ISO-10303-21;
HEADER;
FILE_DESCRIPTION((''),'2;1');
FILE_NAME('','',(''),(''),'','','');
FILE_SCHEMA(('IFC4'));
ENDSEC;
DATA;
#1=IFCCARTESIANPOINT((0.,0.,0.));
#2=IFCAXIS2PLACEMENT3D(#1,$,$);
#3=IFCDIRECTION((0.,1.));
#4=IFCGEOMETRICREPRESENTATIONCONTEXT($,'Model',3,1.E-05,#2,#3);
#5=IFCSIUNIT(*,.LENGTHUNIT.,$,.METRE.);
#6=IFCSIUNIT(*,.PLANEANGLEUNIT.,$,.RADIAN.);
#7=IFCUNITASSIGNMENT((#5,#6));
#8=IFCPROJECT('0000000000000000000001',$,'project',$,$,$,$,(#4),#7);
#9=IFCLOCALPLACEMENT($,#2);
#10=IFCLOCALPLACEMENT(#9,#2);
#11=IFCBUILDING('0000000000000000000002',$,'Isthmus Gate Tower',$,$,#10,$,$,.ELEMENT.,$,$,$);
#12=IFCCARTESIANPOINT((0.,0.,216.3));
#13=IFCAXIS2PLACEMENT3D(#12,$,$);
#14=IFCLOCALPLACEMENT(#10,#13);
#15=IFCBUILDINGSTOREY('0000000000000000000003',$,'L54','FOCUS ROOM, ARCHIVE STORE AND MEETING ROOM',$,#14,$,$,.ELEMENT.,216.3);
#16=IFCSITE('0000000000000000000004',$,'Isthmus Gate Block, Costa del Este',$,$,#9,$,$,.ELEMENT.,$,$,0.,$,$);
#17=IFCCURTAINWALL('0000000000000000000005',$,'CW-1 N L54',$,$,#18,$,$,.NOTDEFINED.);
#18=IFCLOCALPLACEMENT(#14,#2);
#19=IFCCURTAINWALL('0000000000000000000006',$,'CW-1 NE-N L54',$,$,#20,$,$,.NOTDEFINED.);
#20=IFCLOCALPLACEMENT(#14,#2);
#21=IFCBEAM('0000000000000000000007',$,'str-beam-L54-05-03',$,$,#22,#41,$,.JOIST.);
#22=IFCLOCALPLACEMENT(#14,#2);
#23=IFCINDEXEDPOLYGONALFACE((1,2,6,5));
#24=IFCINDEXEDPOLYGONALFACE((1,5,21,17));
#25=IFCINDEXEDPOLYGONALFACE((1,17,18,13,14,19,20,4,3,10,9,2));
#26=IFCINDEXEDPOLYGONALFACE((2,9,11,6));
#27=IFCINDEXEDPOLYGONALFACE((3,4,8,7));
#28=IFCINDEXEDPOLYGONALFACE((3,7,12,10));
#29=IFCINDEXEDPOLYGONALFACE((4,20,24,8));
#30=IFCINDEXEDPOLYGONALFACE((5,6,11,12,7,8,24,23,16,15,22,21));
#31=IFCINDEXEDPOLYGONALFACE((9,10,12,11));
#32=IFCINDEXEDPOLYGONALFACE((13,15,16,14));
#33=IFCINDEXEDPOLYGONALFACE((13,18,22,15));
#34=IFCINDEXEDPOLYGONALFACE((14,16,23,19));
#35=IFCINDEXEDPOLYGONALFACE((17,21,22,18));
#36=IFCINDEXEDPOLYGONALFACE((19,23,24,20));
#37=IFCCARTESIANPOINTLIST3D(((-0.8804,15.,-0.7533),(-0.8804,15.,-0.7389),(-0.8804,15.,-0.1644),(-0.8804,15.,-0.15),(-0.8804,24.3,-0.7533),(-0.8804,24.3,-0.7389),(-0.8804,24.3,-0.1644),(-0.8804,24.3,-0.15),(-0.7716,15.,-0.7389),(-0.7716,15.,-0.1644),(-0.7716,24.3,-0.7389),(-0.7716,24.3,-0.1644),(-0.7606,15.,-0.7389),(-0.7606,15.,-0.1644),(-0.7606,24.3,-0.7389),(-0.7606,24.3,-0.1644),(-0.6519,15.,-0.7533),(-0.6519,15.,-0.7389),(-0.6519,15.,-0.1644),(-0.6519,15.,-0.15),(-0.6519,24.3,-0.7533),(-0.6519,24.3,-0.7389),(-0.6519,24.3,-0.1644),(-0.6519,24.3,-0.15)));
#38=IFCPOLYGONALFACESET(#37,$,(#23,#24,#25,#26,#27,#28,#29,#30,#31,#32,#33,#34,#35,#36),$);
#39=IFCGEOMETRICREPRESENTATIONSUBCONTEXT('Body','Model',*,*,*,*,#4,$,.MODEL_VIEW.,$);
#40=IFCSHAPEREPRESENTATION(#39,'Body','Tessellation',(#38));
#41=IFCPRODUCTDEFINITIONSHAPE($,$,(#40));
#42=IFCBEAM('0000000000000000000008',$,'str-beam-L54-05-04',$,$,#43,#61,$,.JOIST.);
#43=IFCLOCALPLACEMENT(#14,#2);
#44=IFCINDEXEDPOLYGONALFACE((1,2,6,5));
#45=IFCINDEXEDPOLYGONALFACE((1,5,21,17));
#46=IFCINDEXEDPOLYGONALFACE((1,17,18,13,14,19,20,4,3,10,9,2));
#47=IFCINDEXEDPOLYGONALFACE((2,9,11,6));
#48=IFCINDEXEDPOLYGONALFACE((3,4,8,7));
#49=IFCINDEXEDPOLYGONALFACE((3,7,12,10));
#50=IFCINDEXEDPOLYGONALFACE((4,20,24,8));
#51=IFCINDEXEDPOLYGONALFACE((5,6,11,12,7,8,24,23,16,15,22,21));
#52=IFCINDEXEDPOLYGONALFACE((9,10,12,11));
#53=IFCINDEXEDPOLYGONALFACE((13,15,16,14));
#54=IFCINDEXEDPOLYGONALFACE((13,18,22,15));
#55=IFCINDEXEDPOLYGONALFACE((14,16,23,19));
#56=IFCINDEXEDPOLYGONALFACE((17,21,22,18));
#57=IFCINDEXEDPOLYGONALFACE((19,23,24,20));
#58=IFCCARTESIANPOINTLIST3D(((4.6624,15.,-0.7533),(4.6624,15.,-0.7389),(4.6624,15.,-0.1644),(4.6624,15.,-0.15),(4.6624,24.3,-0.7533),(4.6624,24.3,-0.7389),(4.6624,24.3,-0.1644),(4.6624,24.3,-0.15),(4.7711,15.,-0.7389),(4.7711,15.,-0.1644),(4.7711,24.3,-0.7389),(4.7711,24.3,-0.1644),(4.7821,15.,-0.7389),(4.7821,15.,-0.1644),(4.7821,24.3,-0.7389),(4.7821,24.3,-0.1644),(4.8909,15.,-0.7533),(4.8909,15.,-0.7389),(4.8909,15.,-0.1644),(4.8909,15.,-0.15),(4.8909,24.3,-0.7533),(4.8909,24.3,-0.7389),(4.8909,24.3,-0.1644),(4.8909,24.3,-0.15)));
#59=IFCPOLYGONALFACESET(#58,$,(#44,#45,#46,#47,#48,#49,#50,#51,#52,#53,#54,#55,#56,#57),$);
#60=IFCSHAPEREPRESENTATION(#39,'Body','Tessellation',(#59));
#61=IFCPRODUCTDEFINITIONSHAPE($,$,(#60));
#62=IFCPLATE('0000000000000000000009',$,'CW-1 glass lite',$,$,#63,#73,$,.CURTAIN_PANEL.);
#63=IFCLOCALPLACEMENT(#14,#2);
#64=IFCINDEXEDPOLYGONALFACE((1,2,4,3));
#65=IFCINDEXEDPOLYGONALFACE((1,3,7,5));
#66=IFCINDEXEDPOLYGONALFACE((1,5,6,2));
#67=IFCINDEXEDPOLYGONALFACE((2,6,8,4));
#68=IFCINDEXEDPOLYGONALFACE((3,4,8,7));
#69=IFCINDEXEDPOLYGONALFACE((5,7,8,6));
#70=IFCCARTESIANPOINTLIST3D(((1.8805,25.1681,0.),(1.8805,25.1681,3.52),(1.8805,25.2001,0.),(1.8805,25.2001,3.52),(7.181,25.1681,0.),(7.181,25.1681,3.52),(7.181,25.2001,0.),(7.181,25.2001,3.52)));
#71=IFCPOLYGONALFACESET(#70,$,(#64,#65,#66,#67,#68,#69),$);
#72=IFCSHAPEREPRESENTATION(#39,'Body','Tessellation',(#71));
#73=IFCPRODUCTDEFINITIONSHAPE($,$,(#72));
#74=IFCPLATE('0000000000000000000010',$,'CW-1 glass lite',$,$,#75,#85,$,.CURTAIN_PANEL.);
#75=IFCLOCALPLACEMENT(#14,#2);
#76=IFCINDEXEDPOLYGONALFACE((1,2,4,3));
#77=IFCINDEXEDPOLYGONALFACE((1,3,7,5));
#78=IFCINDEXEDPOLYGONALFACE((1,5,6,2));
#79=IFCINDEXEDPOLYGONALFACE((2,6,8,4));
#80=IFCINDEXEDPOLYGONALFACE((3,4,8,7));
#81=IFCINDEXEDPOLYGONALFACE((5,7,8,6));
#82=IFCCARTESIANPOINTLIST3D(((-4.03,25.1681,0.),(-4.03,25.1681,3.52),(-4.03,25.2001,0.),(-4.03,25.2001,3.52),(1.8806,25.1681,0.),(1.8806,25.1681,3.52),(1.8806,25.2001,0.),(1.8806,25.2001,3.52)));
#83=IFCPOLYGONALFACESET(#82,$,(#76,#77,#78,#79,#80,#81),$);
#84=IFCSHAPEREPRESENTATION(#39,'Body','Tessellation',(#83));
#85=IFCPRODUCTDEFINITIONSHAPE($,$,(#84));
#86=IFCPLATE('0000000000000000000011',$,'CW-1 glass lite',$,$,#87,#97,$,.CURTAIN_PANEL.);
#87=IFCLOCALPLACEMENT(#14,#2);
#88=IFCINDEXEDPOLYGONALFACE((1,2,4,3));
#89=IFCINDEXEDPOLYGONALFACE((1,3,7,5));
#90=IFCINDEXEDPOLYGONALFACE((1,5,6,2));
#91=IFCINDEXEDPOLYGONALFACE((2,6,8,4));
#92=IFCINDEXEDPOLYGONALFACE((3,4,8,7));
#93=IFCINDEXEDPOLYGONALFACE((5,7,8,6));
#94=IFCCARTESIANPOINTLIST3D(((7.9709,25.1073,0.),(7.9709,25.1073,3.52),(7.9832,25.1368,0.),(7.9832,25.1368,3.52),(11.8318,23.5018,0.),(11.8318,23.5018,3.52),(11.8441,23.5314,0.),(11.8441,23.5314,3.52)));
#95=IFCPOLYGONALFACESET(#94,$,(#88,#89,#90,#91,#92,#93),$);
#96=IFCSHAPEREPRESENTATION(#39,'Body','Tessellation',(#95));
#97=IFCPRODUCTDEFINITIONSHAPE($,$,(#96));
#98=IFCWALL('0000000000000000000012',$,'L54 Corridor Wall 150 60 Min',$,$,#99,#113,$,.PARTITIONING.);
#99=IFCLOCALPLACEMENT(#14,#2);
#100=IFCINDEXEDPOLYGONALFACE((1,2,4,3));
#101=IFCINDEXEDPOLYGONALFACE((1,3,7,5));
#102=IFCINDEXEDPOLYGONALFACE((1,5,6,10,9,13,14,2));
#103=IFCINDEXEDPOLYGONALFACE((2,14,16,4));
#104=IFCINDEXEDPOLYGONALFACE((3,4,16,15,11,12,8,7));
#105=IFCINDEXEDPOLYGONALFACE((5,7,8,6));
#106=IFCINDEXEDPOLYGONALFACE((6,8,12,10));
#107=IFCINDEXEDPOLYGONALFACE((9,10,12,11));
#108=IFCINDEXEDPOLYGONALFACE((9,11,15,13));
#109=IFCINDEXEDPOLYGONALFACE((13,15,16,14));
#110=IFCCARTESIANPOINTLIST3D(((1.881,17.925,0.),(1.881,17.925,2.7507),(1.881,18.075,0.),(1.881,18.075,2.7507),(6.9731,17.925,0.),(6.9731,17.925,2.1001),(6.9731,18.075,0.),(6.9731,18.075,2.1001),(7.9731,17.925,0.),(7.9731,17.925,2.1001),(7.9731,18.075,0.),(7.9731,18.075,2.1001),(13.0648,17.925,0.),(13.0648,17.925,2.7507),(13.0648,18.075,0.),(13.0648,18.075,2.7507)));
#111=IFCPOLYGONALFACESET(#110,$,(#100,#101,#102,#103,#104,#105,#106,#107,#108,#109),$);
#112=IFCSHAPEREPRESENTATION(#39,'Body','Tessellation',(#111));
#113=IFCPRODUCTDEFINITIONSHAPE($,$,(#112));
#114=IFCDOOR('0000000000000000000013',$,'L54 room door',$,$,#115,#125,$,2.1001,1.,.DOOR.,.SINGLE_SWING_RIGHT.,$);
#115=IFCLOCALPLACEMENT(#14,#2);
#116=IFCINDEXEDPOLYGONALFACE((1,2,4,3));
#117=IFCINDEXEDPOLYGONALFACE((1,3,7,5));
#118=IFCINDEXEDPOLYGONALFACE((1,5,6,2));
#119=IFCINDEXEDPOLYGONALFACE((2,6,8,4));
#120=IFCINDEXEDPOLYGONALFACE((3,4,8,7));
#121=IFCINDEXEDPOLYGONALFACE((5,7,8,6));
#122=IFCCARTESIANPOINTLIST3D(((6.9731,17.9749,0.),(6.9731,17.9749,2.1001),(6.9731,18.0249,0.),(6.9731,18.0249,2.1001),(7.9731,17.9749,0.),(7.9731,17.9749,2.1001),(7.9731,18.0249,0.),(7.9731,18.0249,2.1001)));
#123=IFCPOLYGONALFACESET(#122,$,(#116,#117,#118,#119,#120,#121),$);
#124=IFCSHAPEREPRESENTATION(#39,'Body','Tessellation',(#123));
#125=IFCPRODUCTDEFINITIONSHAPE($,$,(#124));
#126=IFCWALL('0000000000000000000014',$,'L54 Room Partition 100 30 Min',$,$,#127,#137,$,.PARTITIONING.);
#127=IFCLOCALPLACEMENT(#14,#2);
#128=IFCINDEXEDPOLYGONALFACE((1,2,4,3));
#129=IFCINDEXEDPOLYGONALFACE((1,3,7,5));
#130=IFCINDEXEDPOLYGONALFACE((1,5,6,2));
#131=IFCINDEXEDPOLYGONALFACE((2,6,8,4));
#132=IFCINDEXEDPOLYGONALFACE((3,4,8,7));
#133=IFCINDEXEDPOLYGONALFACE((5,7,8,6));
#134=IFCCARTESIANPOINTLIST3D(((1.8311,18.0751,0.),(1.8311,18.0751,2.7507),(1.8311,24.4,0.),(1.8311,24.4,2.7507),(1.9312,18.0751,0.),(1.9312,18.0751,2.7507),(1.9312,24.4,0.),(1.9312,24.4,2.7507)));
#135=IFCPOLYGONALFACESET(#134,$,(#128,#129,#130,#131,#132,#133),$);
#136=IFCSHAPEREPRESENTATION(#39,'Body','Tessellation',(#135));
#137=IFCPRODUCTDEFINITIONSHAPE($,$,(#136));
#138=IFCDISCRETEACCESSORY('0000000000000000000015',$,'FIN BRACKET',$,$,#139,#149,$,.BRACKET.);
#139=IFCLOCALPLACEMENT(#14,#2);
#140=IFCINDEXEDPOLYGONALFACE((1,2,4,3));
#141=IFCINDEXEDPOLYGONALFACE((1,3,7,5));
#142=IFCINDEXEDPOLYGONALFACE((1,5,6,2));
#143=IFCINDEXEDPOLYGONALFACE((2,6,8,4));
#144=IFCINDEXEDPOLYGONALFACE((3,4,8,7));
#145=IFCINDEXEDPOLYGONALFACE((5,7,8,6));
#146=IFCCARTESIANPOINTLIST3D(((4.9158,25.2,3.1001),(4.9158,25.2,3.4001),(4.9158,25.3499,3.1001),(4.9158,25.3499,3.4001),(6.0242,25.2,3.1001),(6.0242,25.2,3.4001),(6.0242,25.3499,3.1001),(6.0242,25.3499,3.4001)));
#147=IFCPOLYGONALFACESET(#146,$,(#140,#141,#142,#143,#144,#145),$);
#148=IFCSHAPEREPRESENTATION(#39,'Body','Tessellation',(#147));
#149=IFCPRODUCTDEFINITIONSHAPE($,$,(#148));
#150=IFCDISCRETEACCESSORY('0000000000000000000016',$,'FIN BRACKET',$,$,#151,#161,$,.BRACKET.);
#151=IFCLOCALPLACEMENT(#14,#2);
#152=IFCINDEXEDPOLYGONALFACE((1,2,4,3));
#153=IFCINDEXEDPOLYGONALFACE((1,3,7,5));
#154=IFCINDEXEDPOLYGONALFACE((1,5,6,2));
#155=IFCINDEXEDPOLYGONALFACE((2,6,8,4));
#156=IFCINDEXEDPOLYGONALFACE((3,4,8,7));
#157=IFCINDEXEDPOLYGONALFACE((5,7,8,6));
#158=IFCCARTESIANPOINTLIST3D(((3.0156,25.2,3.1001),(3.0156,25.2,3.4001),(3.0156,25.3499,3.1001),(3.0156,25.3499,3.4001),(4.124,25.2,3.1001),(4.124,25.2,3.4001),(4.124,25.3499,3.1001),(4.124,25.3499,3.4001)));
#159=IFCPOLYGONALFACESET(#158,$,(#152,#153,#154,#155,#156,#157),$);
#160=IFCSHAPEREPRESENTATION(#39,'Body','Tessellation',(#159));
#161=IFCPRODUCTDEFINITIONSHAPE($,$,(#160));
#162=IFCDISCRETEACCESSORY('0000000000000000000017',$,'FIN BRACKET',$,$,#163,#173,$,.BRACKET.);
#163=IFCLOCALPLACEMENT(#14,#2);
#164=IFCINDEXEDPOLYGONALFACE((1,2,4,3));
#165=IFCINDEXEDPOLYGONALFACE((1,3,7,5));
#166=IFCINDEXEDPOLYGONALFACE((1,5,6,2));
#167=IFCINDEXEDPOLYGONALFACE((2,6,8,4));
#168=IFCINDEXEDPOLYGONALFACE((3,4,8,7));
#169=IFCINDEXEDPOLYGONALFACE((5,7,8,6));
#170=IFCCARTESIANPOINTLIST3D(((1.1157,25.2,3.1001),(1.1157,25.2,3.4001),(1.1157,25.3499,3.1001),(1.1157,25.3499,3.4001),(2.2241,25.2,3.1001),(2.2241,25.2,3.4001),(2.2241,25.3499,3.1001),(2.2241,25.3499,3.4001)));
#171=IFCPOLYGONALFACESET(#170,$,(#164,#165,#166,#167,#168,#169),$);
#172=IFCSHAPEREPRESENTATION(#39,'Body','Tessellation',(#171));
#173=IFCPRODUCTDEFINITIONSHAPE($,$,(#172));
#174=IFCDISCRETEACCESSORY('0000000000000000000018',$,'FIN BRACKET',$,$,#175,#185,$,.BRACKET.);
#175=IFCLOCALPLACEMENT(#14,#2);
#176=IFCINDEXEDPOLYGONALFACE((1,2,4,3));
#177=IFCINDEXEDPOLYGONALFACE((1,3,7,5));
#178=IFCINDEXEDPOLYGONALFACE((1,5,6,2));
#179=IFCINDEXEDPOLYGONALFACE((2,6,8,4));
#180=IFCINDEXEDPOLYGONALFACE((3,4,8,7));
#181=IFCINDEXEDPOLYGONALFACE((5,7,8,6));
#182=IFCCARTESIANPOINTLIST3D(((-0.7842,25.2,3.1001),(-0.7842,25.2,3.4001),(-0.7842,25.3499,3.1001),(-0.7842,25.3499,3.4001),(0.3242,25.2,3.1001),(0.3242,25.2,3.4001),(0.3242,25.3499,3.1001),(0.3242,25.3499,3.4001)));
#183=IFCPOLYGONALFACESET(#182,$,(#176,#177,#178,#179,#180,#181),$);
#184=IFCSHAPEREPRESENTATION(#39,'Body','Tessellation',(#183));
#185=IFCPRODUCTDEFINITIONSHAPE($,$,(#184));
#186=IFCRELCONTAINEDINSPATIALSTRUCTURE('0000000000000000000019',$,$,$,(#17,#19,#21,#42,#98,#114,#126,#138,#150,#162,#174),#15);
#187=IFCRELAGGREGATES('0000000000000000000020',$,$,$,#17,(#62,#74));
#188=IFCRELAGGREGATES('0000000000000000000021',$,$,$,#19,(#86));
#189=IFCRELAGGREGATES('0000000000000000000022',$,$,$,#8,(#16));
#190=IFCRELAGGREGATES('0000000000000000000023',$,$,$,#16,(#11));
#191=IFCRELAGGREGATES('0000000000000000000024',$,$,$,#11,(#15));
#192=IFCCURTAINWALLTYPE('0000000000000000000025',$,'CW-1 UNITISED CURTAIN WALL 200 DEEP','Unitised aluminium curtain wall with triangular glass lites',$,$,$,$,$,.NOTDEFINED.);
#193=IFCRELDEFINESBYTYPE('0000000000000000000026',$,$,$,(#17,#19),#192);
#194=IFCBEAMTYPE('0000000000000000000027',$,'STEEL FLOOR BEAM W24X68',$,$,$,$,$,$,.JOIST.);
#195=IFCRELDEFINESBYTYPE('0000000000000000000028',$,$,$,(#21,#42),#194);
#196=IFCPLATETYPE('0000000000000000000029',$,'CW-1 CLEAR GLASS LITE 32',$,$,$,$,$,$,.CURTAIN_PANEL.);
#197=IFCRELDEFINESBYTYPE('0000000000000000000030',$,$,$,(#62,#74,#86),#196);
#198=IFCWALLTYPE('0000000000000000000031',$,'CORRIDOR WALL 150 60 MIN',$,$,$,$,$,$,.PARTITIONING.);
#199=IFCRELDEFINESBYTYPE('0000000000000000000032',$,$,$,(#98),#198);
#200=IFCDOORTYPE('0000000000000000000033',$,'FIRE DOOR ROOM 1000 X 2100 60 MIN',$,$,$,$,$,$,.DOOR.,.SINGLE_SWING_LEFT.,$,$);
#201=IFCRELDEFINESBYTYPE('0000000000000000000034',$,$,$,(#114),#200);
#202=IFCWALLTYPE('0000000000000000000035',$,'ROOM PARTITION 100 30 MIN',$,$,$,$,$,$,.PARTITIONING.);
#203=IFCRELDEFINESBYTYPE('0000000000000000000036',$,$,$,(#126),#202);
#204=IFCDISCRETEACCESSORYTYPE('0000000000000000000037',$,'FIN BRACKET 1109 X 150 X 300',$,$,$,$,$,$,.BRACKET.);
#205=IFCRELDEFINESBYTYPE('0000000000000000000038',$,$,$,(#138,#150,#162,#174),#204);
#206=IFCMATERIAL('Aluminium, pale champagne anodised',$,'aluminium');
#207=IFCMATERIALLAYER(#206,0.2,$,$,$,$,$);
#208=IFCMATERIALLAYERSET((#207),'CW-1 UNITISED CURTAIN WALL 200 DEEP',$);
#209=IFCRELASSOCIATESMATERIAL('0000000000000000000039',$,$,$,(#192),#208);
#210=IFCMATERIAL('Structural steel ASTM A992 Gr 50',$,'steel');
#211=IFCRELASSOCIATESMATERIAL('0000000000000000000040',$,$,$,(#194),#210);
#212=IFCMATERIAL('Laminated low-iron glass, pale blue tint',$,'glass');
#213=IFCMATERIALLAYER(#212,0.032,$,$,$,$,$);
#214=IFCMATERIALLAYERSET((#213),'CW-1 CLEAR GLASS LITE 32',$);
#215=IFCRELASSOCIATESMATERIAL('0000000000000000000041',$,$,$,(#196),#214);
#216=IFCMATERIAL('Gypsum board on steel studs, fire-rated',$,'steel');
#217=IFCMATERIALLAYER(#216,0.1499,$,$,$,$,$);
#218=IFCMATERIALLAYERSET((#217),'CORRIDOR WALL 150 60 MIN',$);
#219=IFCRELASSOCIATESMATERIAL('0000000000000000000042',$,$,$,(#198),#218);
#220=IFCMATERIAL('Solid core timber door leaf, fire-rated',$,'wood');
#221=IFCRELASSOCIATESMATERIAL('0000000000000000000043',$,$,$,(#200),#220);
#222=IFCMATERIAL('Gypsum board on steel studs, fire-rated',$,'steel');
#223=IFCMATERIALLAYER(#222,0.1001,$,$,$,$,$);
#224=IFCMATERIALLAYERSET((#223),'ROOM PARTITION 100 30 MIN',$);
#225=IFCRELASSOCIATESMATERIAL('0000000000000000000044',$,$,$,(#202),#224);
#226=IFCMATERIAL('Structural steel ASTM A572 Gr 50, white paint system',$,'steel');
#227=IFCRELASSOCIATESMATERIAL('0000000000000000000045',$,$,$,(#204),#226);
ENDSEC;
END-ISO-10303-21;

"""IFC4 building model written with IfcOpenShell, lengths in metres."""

from ifc_helpers import new_model, si_unit, direction, frame, frame_2d, origin, origin_2d, place, context, subcontext, project, spatial, rectangle, i_section, extrude, material, layer, layer_set, material_profile, profile_set, type_object, element, fill, aggregate, save


model = new_model("IFC4")

# Units and contexts
model_context = context("Model", 3, precision=1e-05, world=origin(), true_north=direction((0.0, 1.0)))
body_context = subcontext(model_context, "Body", "Model", "MODEL_VIEW")
ifc_project = project(units=[si_unit("LENGTHUNIT", "METRE"), si_unit("PLANEANGLEUNIT", "RADIAN")], contexts=[model_context])

# Site, building, storey
site_placement = place(None, origin())
site = spatial("IfcSite", under=ifc_project, at=site_placement, Name="Isthmus Gate Block, Costa del Este", CompositionType="ELEMENT", RefElevation=0.0)
building_placement = place(site_placement, origin())
building = spatial("IfcBuilding", under=site, at=building_placement, Name="Isthmus Gate Tower", CompositionType="ELEMENT")
storey_placement = place(building_placement, frame((0.0, 0.0, 216.3)))
storey = spatial("IfcBuildingStorey", under=building, at=storey_placement, Name="L54", Description="FOCUS ROOM, ARCHIVE STORE AND MEETING ROOM", CompositionType="ELEMENT", Elevation=216.3)

# Curtain walls
ifc_material_1 = material(Name="Aluminium, pale champagne anodised", Category="aluminium")
ifc_layer_1 = layer(ifc_material_1, 0.2)
ifc_layer_set_1 = layer_set([ifc_layer_1], Name="CW-1 UNITISED CURTAIN WALL 200 DEEP")
curtain_wall_type = type_object("IfcCurtainWallType", Name="CW-1 UNITISED CURTAIN WALL 200 DEEP", Description="Unitised aluminium curtain wall with triangular glass lites", PredefinedType="NOTDEFINED", material=ifc_layer_set_1)
curtain_wall_1_placement = place(storey_placement, origin())
curtain_wall_1 = element("IfcCurtainWall", 1, at=curtain_wall_1_placement, inside=storey, type_object=curtain_wall_type, Name="CW-1 N L54", PredefinedType="NOTDEFINED")
curtain_wall_2_placement = place(storey_placement, origin())
curtain_wall_2 = element("IfcCurtainWall", 2, at=curtain_wall_2_placement, inside=storey, type_object=curtain_wall_type, Name="CW-1 NE-N L54", PredefinedType="NOTDEFINED")

# Beams
ifc_material_2 = material(Name="Structural steel ASTM A992 Gr 50", Category="steel")
ifc_material_profile_1 = material_profile(ifc_material_2, i_section(OverallWidth=0.2285, OverallDepth=0.6033, WebThickness=0.011, FlangeThickness=0.0144, at=origin_2d()), Name="W24X68")
ifc_profile_set_1 = profile_set([ifc_material_profile_1], Name="Structural steel ASTM A992 Gr 50")
beam_type_1 = type_object("IfcBeamType", Name="STEEL FLOOR BEAM W24X68", PredefinedType="JOIST", material=ifc_profile_set_1)
for number, where, z_axis, x_axis, name in (
    (3, (-0.7661, 15.0, -0.4517), (0.0, 1.0, 0.0), (-1.0, 0.0, 0.0), "str-beam-L54-05-03"),
    (4, (4.7766, 15.0, -0.4517), (0.0, 1.0, 0.0), (-1.0, 0.0, 0.0), "str-beam-L54-05-04"),
):
    element("IfcBeam", number, at=place(storey_placement, frame(where, z_axis=z_axis, x_axis=x_axis)), inside=storey, type_object=beam_type_1, Name=name, PredefinedType="JOIST", context=body_context, shape_type="SweptSolid", body=[
        extrude(i_section(OverallWidth=0.2285, OverallDepth=0.6033, WebThickness=0.011, FlangeThickness=0.0144, at=origin_2d()), origin(), (0.0, 0.0, 1.0), 9.3),
    ])

# Plates
ifc_material_3 = material(Name="Laminated low-iron glass, pale blue tint", Category="glass")
ifc_layer_2 = layer(ifc_material_3, 0.032)
ifc_layer_set_2 = layer_set([ifc_layer_2], Name="CW-1 CLEAR GLASS LITE 32")
plate_type = type_object("IfcPlateType", Name="CW-1 CLEAR GLASS LITE 32", PredefinedType="CURTAIN_PANEL", material=ifc_layer_set_2)
plate_1_placement = place(storey_placement, frame((4.5308, 25.1841, 0.0), z_axis=(0.0, 0.0, 1.0), x_axis=(-1.0, 0.0, 0.0)))
plate_1 = element("IfcPlate", 5, at=plate_1_placement, type_object=plate_type, Name="CW-1 glass lite", PredefinedType="CURTAIN_PANEL", context=body_context, shape_type="SweptSolid", body=[
    extrude(rectangle(XDim=5.3005, YDim=0.032, at=origin_2d()), origin(), (0.0, 0.0, 1.0), 3.52),
])
plate_2_placement = place(storey_placement, frame((-1.0747, 25.1841, 0.0), z_axis=(0.0, 0.0, 1.0), x_axis=(-1.0, 0.0, 0.0)))
plate_2 = element("IfcPlate", 6, at=plate_2_placement, type_object=plate_type, Name="CW-1 glass lite", PredefinedType="CURTAIN_PANEL", context=body_context, shape_type="SweptSolid", body=[
    extrude(rectangle(XDim=5.9106, YDim=0.032, at=origin_2d()), origin(), (0.0, 0.0, 1.0), 3.52),
])
aggregate(curtain_wall_1, [plate_1, plate_2])
plate_3_placement = place(storey_placement, frame((9.9075, 24.3193, 0.0), z_axis=(0.0, 0.0, 1.0), x_axis=(-0.923353, 0.383952, 0.0)))
plate_3 = element("IfcPlate", 7, at=plate_3_placement, type_object=plate_type, Name="CW-1 glass lite", PredefinedType="CURTAIN_PANEL", context=body_context, shape_type="SweptSolid", body=[
    extrude(rectangle(XDim=4.1814, YDim=0.032, at=origin_2d()), origin(), (0.0, 0.0, 1.0), 3.52),
])
aggregate(curtain_wall_2, [plate_3])

# Wall, opening, door
ifc_material_4 = material(Name="Gypsum board on steel studs, fire-rated", Category="steel")
ifc_layer_3 = layer(ifc_material_4, 0.1499)
ifc_layer_set_3 = layer_set([ifc_layer_3], Name="CORRIDOR WALL 150 60 MIN")
wall_type_1 = type_object("IfcWallType", Name="CORRIDOR WALL 150 60 MIN", PredefinedType="PARTITIONING", material=ifc_layer_set_3)
wall_1_placement = place(storey_placement, frame((1.8811, 18.0, 0.0), z_axis=(0.0, 0.0, 1.0), x_axis=(1.0, 0.0, 0.0)))
wall_1 = element("IfcWall", 8, at=wall_1_placement, inside=storey, type_object=wall_type_1, Name="L54 Corridor Wall 150 60 Min", PredefinedType="PARTITIONING", context=body_context, shape_type="SweptSolid", body=[
    extrude(rectangle(XDim=11.1838, YDim=0.1499, at=frame_2d((5.5918, 0.0))), origin(), (0.0, 0.0, 1.0), 2.7507),
])
opening_placement = place(wall_1_placement, frame((5.092, 0.0, 0.0)))
opening = element("IfcOpeningElement", 9, at=opening_placement, cuts=wall_1, PredefinedType="OPENING", context=body_context, shape_type="SweptSolid", body=[
    extrude(rectangle(XDim=1.0, YDim=2.1001, at=frame_2d((0.5, 1.05))), frame((0.0, 0.085, 0.0), z_axis=(0.0, -1.0, 0.0), x_axis=(1.0, 0.0, 0.0)), (0.0, 0.0, 1.0), 0.1699),
])
ifc_material_5 = material(Name="Solid core timber door leaf, fire-rated", Category="wood")
door_type = type_object("IfcDoorType", Name="FIRE DOOR ROOM 1000 X 2100 60 MIN", OperationType="SINGLE_SWING_LEFT", PredefinedType="DOOR", material=ifc_material_5)
door_placement = place(opening_placement, origin())
door = element("IfcDoor", 10, at=door_placement, inside=storey, type_object=door_type, Name="L54 room door", OperationType="SINGLE_SWING_RIGHT", OverallHeight=2.1001, OverallWidth=1.0, PredefinedType="DOOR", context=body_context, shape_type="SweptSolid", body=[
    extrude(rectangle(XDim=1.0, YDim=2.1001, at=frame_2d((0.5, 1.05))), frame((0.0, 0.0249, 0.0), z_axis=(0.0, -1.0, 0.0), x_axis=(1.0, 0.0, 0.0)), (0.0, 0.0, 1.0), 0.05),
])
fill(opening, door)

# Wall
ifc_material_6 = material(Name="Gypsum board on steel studs, fire-rated", Category="steel")
ifc_layer_4 = layer(ifc_material_6, 0.1001)
ifc_layer_set_4 = layer_set([ifc_layer_4], Name="ROOM PARTITION 100 30 MIN")
wall_type_2 = type_object("IfcWallType", Name="ROOM PARTITION 100 30 MIN", PredefinedType="PARTITIONING", material=ifc_layer_set_4)
wall_2_placement = place(storey_placement, frame((1.8811, 18.075, 0.0), z_axis=(0.0, 0.0, 1.0), x_axis=(0.0, 1.0, 0.0)))
element("IfcWall", 11, at=wall_2_placement, inside=storey, type_object=wall_type_2, Name="L54 Room Partition 100 30 Min", PredefinedType="PARTITIONING", context=body_context, shape_type="SweptSolid", body=[
    extrude(rectangle(XDim=6.325, YDim=0.1001, at=frame_2d((3.1626, 0.0))), origin(), (0.0, 0.0, 1.0), 2.7507),
])

# Discrete accessories
ifc_material_7 = material(Name="Structural steel ASTM A572 Gr 50, white paint system", Category="steel")
discrete_accessory_type = type_object("IfcDiscreteAccessoryType", Name="FIN BRACKET 1109 X 150 X 300", PredefinedType="BRACKET", material=ifc_material_7)
for number, where, z_axis, x_axis, name in (
    (12, (5.47, 25.2749, 3.1001), (0.0, 0.0, 1.0), (0.0, 1.0, 0.0), "FIN BRACKET"),
    (13, (3.5698, 25.2749, 3.1001), (0.0, 0.0, 1.0), (0.0, 1.0, 0.0), "FIN BRACKET"),
    (14, (1.6699, 25.2749, 3.1001), (0.0, 0.0, 1.0), (0.0, 1.0, 0.0), "FIN BRACKET"),
    (15, (-0.23, 25.2749, 3.1001), (0.0, 0.0, 1.0), (0.0, 1.0, 0.0), "FIN BRACKET"),
):
    element("IfcDiscreteAccessory", number, at=place(storey_placement, frame(where, z_axis=z_axis, x_axis=x_axis)), inside=storey, type_object=discrete_accessory_type, Name=name, PredefinedType="BRACKET", context=body_context, shape_type="SweptSolid", body=[
        extrude(rectangle(XDim=0.1499, YDim=1.1084, at=origin_2d()), origin(), (0.0, 0.0, 1.0), 0.3),
    ])

save(model, "model.ifc")
